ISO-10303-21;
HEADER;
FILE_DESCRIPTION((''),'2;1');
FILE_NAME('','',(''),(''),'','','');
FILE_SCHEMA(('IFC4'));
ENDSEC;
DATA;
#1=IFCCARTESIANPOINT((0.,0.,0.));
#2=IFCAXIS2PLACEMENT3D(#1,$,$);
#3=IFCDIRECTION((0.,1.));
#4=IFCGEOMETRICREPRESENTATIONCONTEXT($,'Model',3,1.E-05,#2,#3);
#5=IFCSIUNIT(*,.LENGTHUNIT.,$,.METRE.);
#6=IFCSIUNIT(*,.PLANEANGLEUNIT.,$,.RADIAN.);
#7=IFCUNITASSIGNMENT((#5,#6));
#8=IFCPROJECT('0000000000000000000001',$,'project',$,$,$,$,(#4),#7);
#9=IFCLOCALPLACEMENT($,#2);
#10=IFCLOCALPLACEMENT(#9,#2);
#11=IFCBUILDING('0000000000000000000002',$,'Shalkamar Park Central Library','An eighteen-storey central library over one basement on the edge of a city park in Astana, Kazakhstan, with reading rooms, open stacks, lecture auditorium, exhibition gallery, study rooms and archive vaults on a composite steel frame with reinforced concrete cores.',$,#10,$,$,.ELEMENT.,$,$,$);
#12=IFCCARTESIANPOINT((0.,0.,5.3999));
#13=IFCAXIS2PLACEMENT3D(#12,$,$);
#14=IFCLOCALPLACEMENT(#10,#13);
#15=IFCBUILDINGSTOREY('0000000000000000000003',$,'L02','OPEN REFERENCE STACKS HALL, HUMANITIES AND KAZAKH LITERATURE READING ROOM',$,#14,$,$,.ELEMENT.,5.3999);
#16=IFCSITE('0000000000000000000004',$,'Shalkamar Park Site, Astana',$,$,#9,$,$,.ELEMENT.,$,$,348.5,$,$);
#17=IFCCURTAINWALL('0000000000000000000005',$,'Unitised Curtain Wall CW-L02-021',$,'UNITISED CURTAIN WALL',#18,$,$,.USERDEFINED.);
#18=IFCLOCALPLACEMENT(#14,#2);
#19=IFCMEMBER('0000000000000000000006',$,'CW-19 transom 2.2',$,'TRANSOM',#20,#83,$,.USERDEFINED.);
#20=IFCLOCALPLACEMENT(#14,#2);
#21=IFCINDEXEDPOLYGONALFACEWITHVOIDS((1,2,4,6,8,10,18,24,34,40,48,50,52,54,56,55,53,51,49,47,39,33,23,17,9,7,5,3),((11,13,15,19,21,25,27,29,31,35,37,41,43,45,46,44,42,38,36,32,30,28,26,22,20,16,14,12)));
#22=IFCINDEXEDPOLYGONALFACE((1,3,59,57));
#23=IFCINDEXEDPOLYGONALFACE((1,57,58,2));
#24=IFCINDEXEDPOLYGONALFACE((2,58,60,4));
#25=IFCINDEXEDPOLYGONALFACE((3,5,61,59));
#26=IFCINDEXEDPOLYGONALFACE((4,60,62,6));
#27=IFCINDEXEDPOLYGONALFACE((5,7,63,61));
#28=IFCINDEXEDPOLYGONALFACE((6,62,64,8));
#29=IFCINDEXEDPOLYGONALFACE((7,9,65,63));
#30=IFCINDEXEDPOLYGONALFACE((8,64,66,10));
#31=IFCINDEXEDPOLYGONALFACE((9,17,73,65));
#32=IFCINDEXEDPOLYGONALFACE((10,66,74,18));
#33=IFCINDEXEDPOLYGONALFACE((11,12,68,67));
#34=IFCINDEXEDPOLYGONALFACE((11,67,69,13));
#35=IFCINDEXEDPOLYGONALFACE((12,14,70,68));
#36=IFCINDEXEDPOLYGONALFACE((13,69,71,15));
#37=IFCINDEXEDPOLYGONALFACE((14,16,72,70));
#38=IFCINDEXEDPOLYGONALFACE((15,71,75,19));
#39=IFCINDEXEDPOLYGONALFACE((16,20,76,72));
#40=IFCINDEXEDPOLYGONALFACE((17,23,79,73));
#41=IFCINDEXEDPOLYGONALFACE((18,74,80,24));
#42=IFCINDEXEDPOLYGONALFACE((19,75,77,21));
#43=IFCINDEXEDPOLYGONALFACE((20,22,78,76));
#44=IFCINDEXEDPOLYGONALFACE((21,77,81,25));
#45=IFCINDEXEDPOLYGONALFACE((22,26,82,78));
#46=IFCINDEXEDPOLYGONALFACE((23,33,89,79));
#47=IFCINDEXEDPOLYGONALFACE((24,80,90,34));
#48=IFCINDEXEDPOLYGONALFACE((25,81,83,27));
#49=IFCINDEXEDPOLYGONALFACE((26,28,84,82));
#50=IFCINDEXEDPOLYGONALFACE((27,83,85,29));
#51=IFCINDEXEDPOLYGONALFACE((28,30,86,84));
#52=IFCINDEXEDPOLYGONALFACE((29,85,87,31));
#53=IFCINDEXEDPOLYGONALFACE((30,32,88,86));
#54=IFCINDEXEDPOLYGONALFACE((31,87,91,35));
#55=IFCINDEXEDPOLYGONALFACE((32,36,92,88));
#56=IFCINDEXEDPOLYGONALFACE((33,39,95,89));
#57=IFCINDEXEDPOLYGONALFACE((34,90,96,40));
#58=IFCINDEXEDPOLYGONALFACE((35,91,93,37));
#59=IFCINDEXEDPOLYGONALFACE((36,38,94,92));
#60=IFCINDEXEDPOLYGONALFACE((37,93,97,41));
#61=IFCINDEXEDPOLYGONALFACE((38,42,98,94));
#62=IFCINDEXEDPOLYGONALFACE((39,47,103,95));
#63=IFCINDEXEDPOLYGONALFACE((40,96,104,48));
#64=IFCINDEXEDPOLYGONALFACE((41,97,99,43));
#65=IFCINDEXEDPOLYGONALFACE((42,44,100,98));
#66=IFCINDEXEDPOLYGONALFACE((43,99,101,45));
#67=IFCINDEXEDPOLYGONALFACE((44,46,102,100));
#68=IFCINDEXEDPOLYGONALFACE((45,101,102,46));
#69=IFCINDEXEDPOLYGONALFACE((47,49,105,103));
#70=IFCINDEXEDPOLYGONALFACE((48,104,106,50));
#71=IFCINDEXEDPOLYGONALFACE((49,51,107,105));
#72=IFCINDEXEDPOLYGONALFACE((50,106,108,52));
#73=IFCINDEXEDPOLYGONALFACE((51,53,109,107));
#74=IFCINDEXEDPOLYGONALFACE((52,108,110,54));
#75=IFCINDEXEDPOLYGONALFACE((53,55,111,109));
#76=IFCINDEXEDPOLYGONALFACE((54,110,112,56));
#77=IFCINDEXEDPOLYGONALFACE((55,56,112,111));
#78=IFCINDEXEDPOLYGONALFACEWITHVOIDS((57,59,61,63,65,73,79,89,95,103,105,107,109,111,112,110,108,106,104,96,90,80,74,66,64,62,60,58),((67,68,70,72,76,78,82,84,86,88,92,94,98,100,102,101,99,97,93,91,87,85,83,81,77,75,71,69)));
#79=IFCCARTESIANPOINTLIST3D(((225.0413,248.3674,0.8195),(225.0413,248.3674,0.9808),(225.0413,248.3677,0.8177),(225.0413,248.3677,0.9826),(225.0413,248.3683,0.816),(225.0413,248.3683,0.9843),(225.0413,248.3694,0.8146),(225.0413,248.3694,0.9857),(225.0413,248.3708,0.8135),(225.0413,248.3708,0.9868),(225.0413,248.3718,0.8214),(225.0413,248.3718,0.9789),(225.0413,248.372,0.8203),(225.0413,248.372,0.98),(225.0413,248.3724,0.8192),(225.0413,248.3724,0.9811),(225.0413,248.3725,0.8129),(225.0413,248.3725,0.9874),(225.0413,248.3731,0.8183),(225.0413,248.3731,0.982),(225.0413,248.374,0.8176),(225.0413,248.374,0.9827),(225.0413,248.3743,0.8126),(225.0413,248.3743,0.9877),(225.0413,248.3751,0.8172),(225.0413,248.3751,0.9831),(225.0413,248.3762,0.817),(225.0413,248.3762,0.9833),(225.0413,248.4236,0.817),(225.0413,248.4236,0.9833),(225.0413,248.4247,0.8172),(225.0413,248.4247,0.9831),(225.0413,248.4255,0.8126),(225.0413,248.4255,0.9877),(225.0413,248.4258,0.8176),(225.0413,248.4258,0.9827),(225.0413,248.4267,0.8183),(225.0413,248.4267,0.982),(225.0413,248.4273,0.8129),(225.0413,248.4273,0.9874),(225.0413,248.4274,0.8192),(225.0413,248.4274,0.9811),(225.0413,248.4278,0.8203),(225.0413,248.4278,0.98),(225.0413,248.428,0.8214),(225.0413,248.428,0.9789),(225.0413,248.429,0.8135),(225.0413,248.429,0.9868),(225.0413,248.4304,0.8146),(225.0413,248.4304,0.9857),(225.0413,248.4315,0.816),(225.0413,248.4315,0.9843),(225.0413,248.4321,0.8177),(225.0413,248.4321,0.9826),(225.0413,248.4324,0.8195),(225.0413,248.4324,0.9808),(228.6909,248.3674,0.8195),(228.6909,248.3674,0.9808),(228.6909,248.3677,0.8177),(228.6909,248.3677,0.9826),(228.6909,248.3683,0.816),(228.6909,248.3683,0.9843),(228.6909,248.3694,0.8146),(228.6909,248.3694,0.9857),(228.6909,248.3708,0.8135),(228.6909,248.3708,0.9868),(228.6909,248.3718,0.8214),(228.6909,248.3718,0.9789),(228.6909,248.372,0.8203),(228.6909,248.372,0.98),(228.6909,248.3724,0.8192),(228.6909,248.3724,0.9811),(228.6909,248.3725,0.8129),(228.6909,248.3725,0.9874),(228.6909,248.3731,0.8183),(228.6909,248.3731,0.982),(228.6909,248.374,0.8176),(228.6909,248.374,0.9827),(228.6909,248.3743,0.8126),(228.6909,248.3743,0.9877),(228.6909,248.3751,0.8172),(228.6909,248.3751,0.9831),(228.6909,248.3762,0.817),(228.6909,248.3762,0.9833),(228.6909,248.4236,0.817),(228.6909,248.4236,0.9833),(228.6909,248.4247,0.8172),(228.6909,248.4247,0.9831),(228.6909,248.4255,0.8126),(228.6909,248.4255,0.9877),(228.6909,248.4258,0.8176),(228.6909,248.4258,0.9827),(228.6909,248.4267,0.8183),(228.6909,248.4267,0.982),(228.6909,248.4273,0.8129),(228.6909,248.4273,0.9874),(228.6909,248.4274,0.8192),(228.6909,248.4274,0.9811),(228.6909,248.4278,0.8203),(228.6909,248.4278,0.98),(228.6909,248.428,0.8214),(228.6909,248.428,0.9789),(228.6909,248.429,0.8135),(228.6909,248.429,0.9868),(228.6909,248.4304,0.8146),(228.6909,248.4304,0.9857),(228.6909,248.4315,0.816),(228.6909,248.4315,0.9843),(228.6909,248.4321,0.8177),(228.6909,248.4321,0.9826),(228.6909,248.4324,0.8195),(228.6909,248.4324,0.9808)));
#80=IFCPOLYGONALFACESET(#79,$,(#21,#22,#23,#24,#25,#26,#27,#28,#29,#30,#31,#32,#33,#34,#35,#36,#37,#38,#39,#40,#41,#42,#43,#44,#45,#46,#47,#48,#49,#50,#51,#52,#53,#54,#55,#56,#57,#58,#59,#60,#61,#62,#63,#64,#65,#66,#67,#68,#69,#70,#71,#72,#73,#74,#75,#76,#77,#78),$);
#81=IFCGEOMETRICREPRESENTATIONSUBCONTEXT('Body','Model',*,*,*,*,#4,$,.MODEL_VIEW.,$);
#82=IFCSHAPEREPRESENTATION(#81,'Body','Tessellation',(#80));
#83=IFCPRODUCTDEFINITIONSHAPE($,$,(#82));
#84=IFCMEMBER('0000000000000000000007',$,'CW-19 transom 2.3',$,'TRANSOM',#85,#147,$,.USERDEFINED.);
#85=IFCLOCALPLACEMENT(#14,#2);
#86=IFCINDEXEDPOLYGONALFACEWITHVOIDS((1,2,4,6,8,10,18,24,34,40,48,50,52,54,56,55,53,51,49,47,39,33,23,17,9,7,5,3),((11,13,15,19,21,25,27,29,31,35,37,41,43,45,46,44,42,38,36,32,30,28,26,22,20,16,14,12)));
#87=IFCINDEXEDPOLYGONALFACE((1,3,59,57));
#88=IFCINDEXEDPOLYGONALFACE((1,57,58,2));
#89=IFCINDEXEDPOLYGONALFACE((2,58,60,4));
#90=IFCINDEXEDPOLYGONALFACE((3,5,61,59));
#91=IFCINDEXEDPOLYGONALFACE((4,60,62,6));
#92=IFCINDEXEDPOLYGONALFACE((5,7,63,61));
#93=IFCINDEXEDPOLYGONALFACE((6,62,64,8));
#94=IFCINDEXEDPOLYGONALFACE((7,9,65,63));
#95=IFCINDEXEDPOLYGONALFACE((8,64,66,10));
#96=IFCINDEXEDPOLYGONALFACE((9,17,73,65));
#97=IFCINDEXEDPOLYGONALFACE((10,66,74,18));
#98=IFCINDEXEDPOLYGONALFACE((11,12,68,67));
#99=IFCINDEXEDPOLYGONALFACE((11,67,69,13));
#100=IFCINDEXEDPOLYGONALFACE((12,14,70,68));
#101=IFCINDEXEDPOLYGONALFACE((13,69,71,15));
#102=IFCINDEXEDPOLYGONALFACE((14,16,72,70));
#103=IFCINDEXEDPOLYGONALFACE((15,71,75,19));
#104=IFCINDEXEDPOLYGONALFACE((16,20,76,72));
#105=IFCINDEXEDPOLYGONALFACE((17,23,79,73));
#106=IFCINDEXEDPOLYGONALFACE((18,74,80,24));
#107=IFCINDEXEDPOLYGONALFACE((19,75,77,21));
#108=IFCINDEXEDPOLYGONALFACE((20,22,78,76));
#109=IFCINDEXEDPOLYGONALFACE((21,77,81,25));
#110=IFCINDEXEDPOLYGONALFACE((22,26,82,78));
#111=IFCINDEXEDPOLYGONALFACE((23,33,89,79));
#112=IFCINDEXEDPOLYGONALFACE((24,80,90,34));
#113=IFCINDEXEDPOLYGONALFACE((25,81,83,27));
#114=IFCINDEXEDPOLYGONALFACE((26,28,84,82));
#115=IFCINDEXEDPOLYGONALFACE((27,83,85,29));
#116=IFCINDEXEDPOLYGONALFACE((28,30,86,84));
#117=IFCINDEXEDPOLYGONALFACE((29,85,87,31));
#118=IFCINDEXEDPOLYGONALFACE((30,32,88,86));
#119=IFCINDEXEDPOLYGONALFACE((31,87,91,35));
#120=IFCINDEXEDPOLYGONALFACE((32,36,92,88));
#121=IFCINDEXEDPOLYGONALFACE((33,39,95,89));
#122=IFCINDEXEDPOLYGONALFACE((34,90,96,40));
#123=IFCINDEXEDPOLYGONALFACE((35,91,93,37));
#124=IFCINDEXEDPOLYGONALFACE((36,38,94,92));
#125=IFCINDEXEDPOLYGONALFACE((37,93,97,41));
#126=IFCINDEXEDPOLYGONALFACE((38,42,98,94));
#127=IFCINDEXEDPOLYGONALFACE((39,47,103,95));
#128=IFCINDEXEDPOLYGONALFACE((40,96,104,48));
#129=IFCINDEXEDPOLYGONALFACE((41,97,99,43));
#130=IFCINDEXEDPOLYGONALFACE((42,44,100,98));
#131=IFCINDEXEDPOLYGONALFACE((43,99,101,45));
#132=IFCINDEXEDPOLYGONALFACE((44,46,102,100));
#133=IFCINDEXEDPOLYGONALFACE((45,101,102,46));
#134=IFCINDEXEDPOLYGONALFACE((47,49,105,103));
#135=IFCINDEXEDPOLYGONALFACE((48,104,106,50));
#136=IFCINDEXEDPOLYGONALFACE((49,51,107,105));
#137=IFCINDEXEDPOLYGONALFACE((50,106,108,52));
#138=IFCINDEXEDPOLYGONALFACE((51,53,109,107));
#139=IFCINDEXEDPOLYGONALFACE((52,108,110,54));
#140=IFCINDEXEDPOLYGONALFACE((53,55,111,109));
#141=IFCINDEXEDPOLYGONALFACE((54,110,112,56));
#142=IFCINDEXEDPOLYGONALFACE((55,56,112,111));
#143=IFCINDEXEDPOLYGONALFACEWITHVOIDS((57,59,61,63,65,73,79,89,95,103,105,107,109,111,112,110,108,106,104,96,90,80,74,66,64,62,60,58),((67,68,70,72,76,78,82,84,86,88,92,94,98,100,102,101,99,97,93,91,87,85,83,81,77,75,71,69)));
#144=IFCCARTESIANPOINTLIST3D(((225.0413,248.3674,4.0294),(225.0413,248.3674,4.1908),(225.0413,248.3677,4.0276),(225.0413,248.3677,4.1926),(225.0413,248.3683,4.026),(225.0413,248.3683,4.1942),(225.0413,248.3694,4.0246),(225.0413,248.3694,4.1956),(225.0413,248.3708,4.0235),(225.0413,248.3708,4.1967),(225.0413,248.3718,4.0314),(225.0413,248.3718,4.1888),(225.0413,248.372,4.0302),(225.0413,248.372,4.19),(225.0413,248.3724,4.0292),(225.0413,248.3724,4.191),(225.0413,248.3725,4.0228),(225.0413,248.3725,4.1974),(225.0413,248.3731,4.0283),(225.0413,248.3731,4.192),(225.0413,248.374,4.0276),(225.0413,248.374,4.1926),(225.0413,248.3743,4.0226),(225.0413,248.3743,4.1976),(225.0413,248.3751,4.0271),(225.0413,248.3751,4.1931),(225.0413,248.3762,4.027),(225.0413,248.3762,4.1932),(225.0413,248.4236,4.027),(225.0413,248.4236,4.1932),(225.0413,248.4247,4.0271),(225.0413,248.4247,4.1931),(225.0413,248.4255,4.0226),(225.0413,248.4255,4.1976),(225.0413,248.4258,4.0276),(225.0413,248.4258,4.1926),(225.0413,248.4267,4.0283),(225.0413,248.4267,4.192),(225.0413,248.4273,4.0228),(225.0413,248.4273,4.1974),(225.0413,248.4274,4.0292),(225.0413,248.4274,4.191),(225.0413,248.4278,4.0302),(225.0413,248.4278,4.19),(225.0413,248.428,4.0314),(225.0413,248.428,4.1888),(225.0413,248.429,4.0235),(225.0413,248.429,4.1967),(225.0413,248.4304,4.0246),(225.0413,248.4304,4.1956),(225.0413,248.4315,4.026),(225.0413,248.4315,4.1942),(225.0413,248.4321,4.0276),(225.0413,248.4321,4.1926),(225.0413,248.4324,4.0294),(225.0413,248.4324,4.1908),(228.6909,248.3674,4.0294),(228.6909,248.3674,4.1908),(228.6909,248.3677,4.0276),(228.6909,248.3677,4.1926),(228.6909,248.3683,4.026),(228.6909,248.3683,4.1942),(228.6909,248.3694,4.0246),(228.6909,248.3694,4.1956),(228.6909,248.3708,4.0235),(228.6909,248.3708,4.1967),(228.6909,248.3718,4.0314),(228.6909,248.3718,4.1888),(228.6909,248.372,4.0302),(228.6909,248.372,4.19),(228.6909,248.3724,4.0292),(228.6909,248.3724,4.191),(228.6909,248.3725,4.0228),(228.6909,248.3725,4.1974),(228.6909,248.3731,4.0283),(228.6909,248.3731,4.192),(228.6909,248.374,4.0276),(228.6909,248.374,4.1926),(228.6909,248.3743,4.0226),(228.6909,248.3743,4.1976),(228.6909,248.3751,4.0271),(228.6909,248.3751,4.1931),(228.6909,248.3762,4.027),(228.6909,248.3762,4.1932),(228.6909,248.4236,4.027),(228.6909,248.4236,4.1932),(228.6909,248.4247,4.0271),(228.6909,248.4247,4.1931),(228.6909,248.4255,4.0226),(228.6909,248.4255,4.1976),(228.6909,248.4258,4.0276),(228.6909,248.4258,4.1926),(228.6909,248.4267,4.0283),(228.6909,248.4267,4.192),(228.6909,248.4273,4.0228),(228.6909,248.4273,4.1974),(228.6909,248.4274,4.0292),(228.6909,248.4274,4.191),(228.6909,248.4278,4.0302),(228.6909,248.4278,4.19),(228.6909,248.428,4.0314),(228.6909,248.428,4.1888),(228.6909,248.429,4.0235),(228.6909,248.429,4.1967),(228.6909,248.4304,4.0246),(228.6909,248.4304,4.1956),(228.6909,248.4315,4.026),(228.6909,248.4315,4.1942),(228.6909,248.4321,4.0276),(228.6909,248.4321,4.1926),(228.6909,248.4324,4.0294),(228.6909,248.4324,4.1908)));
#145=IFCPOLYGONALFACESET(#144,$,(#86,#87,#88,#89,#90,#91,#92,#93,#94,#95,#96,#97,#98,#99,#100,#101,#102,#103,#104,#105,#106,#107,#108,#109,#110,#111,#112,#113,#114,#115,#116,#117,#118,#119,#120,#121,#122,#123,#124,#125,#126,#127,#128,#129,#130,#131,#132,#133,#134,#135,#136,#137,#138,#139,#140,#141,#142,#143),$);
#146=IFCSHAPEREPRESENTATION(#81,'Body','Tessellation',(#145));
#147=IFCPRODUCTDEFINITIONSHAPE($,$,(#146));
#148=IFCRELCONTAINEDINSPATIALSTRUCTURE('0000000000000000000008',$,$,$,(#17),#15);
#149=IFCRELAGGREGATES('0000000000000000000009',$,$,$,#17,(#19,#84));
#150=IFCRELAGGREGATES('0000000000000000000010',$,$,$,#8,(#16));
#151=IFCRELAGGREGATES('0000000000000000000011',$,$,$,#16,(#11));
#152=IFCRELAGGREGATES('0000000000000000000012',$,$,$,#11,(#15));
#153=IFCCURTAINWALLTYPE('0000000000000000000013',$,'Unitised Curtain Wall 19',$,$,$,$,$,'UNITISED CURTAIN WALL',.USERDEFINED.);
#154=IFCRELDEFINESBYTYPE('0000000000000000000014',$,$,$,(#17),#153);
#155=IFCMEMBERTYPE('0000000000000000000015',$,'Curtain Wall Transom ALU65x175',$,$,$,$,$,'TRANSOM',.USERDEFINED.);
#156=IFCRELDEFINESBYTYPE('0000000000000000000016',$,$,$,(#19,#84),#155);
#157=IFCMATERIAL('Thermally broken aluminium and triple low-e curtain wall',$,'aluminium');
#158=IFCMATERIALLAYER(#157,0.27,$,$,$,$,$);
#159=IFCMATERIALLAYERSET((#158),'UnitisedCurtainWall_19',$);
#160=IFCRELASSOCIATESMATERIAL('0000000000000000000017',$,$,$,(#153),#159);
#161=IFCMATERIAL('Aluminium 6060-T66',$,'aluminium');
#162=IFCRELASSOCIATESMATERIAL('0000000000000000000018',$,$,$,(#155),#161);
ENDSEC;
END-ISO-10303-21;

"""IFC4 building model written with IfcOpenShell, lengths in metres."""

from ifc_helpers import new_model, si_unit, direction, frame, origin, origin_2d, place, context, subcontext, project, spatial, hollow_rectangle, extrude, material, layer, layer_set, material_profile, profile_set, type_object, element, aggregate, save


model = new_model("IFC4")

# Units and contexts
model_context = context("Model", 3, precision=1e-05, world=origin(), true_north=direction((0.0, 1.0)))
body_context = subcontext(model_context, "Body", "Model", "MODEL_VIEW")
ifc_project = project(units=[si_unit("LENGTHUNIT", "METRE"), si_unit("PLANEANGLEUNIT", "RADIAN")], contexts=[model_context])

# Site, building, storey
site_placement = place(None, origin())
site = spatial("IfcSite", under=ifc_project, at=site_placement, Name="Shalkamar Park Site, Astana", CompositionType="ELEMENT", RefElevation=348.5)
building_placement = place(site_placement, origin())
building = spatial("IfcBuilding", under=site, at=building_placement, Name="Shalkamar Park Central Library", Description="An eighteen-storey central library over one basement on the edge of a city park in Astana, Kazakhstan, with reading rooms, open stacks, lecture auditorium, exhibition gallery, study rooms and archive vaults on a composite steel frame with reinforced concrete cores.", CompositionType="ELEMENT")
storey_placement = place(building_placement, frame((0.0, 0.0, 5.3999)))
storey = spatial("IfcBuildingStorey", under=building, at=storey_placement, Name="L02", Description="OPEN REFERENCE STACKS HALL, HUMANITIES AND KAZAKH LITERATURE READING ROOM", CompositionType="ELEMENT", Elevation=5.3999)

# Curtain wall, members
ifc_material_1 = material(Name="Thermally broken aluminium and triple low-e curtain wall", Category="aluminium")
ifc_layer_1 = layer(ifc_material_1, 0.27)
ifc_layer_set_1 = layer_set([ifc_layer_1], Name="UnitisedCurtainWall_19")
curtain_wall_type = type_object("IfcCurtainWallType", Name="Unitised Curtain Wall 19", ElementType="UNITISED CURTAIN WALL", PredefinedType="USERDEFINED", material=ifc_layer_set_1)
curtain_wall_placement = place(storey_placement, origin())
curtain_wall = element("IfcCurtainWall", 1, at=curtain_wall_placement, inside=storey, type_object=curtain_wall_type, Name="Unitised Curtain Wall CW-L02-021", ObjectType="UNITISED CURTAIN WALL", PredefinedType="USERDEFINED")
ifc_material_2 = material(Name="Aluminium 6060-T66", Category="aluminium")
ifc_material_profile_1 = material_profile(ifc_material_2, hollow_rectangle(XDim=0.0649, YDim=0.175, WallThickness=0.0044, InnerFilletRadius=0.0044, OuterFilletRadius=0.0068, at=origin_2d()), Name="ALU 65x175x4.5")
ifc_profile_set_1 = profile_set([ifc_material_profile_1], Name="Aluminium 6060-T66")
member_type_1 = type_object("IfcMemberType", Name="Curtain Wall Transom ALU65x175", ElementType="TRANSOM", PredefinedType="USERDEFINED", material=ifc_profile_set_1)
member_1_placement = place(storey_placement, frame((225.0413, 248.3999, 0.9001), z_axis=(1.0, 0.0, 0.0), x_axis=(0.0, 1.0, 0.0)))
member_1 = element("IfcMember", 2, at=member_1_placement, type_object=member_type_1, Name="CW-19 transom 2.2", ObjectType="TRANSOM", PredefinedType="USERDEFINED", context=body_context, shape_type="SweptSolid", body=[
    extrude(hollow_rectangle(XDim=0.0649, YDim=0.175, WallThickness=0.0044, InnerFilletRadius=0.0044, OuterFilletRadius=0.0068, at=origin_2d()), origin(), (0.0, 0.0, 1.0), 3.6497),
])
member_2_placement = place(storey_placement, frame((225.0413, 248.3999, 4.1101), z_axis=(1.0, 0.0, 0.0), x_axis=(0.0, 1.0, 0.0)))
member_2 = element("IfcMember", 3, at=member_2_placement, type_object=member_type_1, Name="CW-19 transom 2.3", ObjectType="TRANSOM", PredefinedType="USERDEFINED", context=body_context, shape_type="SweptSolid", body=[
    extrude(hollow_rectangle(XDim=0.0649, YDim=0.175, WallThickness=0.0044, InnerFilletRadius=0.0044, OuterFilletRadius=0.0068, at=origin_2d()), origin(), (0.0, 0.0, 1.0), 3.6497),
])

aggregate(curtain_wall, [member_1, member_2])

save(model, "model.ifc")
